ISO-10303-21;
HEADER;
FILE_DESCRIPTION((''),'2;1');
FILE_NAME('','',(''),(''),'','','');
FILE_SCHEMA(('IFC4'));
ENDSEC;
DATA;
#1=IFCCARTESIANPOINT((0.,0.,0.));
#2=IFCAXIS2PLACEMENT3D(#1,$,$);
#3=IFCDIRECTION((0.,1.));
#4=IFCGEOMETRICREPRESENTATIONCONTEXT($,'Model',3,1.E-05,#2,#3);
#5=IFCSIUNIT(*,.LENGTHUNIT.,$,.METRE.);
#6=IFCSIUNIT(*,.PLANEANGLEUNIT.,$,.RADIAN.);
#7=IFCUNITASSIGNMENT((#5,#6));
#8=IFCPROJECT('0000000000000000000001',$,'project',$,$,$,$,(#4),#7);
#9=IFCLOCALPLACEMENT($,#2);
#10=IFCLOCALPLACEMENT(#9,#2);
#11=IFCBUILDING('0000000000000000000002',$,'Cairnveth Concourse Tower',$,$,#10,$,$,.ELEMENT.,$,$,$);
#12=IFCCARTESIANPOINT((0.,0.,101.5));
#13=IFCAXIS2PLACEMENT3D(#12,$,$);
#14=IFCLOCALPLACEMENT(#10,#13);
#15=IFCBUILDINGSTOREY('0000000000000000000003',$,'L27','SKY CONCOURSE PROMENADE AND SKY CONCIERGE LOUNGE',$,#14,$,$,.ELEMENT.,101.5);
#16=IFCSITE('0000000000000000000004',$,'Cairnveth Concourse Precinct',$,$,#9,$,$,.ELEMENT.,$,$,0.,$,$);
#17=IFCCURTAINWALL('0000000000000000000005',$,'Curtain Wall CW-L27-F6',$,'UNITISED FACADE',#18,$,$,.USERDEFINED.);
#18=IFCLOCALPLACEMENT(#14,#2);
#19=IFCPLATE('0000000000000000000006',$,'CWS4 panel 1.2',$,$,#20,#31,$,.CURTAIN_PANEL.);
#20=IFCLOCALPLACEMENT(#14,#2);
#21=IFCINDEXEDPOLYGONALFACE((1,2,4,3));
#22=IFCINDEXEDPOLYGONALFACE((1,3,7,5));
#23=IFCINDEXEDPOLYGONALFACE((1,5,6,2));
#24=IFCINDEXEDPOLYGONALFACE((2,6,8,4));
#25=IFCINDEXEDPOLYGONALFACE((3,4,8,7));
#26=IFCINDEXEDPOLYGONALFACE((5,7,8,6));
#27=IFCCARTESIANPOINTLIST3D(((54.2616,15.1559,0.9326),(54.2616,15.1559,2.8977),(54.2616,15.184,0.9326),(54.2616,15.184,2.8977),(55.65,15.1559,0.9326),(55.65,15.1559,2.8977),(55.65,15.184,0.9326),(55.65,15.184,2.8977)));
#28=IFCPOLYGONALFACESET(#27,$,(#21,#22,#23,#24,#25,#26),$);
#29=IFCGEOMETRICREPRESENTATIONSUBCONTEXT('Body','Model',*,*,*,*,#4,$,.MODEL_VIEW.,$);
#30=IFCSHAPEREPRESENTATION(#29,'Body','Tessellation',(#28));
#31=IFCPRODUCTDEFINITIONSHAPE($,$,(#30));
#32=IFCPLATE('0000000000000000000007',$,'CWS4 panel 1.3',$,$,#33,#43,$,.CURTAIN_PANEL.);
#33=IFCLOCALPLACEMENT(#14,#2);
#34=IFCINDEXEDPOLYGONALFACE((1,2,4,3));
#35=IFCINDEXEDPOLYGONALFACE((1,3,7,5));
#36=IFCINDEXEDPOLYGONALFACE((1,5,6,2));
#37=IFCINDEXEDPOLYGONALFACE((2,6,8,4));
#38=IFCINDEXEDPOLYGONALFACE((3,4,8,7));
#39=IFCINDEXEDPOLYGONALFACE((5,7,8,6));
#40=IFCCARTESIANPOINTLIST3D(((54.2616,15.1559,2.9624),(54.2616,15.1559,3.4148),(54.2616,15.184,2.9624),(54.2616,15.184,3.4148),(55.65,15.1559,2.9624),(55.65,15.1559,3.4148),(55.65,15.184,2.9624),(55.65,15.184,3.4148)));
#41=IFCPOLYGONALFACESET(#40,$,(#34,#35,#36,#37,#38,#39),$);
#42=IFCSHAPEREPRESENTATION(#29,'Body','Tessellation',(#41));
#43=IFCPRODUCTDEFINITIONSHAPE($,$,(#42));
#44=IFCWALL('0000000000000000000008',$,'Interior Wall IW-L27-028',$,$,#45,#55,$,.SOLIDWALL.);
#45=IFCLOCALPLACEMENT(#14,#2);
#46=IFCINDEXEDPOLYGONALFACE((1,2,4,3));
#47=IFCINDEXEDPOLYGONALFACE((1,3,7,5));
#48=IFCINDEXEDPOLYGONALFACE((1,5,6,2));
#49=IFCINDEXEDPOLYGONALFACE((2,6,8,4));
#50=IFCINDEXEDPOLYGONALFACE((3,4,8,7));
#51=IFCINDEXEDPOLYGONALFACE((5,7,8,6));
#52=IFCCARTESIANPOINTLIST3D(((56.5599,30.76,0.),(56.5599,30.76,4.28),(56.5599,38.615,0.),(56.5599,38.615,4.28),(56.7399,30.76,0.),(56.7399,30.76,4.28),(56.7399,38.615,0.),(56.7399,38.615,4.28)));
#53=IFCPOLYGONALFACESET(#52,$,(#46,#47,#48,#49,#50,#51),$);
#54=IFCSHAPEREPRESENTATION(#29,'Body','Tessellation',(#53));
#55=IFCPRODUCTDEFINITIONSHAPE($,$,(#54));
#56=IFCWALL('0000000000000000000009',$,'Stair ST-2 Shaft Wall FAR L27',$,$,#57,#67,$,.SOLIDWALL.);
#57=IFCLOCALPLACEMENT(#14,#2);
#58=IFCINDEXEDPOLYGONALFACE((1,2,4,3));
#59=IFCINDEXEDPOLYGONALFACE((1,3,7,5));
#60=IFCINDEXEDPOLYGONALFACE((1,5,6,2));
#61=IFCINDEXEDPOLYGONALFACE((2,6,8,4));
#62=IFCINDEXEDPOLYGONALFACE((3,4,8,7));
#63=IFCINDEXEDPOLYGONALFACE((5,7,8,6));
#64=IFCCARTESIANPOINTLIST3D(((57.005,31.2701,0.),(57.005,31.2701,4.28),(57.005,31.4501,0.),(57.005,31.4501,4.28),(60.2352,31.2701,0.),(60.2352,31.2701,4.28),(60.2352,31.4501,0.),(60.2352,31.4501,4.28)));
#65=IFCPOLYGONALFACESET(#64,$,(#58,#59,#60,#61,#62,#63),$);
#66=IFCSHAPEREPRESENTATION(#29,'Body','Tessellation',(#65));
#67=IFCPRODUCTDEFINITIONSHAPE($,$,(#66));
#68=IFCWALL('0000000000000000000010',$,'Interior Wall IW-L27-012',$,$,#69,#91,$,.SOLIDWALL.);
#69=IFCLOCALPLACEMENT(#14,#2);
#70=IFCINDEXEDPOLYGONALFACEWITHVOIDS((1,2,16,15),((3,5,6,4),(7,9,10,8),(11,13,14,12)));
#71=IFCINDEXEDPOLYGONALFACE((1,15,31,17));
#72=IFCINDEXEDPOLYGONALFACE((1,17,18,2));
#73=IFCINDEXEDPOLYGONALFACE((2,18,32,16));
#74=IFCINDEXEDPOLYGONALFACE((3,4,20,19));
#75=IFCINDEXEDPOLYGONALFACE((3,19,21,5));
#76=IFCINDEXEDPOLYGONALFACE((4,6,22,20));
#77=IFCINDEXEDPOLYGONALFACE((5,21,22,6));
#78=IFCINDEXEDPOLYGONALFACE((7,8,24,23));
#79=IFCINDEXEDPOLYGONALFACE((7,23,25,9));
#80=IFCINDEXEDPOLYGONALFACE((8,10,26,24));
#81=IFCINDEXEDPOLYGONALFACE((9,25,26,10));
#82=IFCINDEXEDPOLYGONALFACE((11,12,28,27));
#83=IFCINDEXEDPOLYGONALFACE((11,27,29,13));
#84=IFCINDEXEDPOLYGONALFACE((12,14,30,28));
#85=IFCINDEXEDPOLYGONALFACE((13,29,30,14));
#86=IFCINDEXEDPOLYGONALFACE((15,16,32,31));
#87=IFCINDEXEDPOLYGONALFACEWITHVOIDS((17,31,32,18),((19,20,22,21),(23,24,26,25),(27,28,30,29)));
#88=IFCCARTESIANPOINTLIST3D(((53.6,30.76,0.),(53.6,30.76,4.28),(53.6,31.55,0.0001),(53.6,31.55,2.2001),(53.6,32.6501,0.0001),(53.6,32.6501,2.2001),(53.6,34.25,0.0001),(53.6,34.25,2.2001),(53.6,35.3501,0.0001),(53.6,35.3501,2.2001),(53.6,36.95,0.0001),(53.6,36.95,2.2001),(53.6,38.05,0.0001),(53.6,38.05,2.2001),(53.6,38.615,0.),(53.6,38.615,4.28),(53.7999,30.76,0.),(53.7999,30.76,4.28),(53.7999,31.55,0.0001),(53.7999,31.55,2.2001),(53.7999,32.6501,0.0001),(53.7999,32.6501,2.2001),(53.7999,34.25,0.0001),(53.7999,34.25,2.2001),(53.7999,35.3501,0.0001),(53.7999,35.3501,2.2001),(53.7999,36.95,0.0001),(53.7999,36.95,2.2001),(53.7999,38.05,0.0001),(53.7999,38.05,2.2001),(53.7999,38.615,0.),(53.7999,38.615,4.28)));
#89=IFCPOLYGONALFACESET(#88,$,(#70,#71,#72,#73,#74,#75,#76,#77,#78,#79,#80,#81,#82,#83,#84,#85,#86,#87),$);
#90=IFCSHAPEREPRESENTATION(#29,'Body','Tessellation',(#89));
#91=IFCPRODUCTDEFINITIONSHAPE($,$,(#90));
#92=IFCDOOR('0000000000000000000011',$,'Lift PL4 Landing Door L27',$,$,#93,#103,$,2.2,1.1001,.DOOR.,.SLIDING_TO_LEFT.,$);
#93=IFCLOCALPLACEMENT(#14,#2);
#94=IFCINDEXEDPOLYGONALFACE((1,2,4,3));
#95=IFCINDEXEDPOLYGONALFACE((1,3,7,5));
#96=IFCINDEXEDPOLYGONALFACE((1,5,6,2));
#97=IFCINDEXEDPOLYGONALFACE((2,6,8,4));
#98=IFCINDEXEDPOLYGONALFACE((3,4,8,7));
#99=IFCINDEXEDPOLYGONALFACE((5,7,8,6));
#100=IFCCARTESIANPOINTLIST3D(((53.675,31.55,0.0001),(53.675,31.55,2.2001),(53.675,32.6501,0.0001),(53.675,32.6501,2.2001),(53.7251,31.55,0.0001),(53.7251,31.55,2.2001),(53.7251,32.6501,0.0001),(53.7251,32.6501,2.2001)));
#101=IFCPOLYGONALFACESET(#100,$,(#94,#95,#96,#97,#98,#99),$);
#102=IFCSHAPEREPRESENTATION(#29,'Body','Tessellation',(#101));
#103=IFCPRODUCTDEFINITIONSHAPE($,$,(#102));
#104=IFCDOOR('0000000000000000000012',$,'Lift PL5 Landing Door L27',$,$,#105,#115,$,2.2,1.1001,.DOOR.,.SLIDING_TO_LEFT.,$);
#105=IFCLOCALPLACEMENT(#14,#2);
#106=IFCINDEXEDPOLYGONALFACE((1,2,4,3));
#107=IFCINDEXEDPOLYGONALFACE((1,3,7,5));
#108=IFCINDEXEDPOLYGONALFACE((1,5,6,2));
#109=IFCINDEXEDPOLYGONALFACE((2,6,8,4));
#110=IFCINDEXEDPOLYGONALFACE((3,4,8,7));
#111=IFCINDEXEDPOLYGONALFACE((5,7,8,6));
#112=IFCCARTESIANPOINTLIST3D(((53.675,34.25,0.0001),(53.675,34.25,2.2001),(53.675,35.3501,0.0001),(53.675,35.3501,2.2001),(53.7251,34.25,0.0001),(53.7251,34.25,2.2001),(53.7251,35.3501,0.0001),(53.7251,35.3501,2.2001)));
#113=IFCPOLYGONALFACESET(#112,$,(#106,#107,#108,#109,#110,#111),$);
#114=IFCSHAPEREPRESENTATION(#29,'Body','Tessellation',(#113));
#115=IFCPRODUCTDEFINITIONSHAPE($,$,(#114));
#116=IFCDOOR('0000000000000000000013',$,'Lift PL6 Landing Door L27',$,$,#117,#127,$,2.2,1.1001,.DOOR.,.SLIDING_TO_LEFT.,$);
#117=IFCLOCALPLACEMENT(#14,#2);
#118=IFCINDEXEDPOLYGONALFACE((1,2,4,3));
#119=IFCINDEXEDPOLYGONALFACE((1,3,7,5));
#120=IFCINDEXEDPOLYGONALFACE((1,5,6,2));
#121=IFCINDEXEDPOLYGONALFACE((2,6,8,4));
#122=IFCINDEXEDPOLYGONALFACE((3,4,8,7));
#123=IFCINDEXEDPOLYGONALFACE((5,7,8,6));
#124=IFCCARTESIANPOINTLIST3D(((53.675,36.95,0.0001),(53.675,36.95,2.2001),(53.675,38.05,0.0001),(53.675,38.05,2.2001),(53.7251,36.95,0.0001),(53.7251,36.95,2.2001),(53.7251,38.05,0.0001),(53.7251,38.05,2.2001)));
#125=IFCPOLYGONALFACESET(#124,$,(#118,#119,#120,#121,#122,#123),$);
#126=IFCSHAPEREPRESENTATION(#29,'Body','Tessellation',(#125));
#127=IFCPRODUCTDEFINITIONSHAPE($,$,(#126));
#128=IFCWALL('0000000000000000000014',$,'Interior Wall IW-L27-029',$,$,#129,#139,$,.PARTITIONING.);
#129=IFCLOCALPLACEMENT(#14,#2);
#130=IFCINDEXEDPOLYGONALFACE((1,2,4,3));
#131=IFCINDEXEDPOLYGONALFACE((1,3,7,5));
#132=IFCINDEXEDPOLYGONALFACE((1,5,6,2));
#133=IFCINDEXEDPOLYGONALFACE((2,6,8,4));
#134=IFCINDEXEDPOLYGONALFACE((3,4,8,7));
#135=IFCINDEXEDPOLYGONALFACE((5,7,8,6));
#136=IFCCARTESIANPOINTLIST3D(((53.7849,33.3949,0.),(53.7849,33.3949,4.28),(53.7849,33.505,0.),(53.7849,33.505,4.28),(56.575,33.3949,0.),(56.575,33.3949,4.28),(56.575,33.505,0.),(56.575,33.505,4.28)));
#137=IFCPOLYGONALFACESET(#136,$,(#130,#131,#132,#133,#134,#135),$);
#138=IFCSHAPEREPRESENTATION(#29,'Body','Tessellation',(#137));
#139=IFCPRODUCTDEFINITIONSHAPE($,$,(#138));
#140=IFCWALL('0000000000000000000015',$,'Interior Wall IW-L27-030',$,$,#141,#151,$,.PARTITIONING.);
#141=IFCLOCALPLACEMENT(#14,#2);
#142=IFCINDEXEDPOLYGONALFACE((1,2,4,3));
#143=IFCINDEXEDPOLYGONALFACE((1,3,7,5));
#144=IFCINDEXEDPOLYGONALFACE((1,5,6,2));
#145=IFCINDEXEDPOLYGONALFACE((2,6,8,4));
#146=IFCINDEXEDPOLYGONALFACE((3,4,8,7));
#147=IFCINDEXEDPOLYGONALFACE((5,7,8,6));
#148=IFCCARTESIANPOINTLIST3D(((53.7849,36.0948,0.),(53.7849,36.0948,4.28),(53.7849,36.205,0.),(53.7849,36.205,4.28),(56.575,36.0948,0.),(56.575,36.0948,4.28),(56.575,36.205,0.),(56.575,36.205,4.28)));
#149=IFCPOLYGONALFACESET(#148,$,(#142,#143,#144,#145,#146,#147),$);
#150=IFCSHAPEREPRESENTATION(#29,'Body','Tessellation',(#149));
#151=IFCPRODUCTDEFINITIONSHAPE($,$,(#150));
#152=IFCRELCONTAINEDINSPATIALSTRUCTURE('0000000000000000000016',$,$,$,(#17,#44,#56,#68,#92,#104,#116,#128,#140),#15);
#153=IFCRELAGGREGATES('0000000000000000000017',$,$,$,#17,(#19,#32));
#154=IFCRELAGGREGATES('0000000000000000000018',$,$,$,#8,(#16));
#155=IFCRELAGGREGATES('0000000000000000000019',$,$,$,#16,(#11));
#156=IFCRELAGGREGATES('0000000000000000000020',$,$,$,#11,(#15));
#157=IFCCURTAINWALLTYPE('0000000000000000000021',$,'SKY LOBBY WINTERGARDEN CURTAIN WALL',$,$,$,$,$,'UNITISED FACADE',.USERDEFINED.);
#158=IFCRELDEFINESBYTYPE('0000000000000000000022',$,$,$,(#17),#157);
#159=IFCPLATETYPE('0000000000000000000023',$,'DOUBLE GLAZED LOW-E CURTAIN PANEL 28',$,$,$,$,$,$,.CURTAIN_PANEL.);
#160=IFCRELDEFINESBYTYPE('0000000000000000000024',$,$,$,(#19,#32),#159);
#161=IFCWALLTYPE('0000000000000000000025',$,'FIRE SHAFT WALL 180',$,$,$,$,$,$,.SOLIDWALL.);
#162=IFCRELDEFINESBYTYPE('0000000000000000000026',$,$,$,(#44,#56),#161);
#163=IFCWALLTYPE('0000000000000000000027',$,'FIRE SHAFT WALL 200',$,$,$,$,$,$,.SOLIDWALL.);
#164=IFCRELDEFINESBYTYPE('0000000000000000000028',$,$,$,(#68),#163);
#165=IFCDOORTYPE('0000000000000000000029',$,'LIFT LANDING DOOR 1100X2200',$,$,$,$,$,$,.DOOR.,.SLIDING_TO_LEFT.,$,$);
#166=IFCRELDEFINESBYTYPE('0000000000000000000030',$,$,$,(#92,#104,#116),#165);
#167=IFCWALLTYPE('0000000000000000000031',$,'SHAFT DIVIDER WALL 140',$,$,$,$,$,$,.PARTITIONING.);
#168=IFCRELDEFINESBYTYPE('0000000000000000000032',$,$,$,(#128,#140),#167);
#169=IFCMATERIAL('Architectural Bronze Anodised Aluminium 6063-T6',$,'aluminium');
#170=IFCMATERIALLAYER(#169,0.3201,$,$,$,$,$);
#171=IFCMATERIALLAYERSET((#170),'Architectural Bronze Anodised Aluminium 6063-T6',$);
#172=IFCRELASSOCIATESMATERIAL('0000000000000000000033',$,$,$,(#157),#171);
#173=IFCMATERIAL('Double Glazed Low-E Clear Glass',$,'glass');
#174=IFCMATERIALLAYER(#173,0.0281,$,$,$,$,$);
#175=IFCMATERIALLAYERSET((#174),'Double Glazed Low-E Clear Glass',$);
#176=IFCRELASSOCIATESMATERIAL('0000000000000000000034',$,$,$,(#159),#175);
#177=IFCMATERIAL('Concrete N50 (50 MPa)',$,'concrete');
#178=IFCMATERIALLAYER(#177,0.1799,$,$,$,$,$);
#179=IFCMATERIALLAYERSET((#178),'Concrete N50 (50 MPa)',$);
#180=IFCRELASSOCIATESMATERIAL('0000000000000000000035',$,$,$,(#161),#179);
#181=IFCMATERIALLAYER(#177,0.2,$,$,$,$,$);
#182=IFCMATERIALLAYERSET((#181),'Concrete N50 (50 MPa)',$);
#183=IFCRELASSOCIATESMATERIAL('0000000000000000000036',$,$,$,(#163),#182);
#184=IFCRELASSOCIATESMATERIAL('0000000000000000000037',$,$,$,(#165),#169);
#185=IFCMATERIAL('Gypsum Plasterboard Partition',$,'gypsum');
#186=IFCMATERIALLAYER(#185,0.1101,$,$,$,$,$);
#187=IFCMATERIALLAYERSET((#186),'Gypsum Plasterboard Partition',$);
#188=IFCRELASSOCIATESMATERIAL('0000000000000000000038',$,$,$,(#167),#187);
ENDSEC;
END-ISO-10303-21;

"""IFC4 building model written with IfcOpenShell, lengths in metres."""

from ifc_helpers import new_model, si_unit, direction, frame, frame_2d, origin, origin_2d, place, context, subcontext, project, spatial, rectangle, extrude, material, layer, layer_set, type_object, element, fill, aggregate, save


model = new_model("IFC4")

# Units and contexts
model_context = context("Model", 3, precision=1e-05, world=origin(), true_north=direction((0.0, 1.0)))
body_context = subcontext(model_context, "Body", "Model", "MODEL_VIEW")
ifc_project = project(units=[si_unit("LENGTHUNIT", "METRE"), si_unit("PLANEANGLEUNIT", "RADIAN")], contexts=[model_context])

# Site, building, storey
site_placement = place(None, origin())
site = spatial("IfcSite", under=ifc_project, at=site_placement, Name="Cairnveth Concourse Precinct", CompositionType="ELEMENT", RefElevation=0.0)
building_placement = place(site_placement, origin())
building = spatial("IfcBuilding", under=site, at=building_placement, Name="Cairnveth Concourse Tower", CompositionType="ELEMENT")
storey_placement = place(building_placement, frame((0.0, 0.0, 101.5)))
storey = spatial("IfcBuildingStorey", under=building, at=storey_placement, Name="L27", Description="SKY CONCOURSE PROMENADE AND SKY CONCIERGE LOUNGE", CompositionType="ELEMENT", Elevation=101.5)

# Curtain wall
ifc_material_1 = material(Name="Architectural Bronze Anodised Aluminium 6063-T6", Category="aluminium")
ifc_layer_1 = layer(ifc_material_1, 0.3201)
ifc_layer_set_1 = layer_set([ifc_layer_1], Name="Architectural Bronze Anodised Aluminium 6063-T6")
curtain_wall_type = type_object("IfcCurtainWallType", Name="SKY LOBBY WINTERGARDEN CURTAIN WALL", ElementType="UNITISED FACADE", PredefinedType="USERDEFINED", material=ifc_layer_set_1)
curtain_wall_placement = place(storey_placement, origin())
curtain_wall = element("IfcCurtainWall", 1, at=curtain_wall_placement, inside=storey, type_object=curtain_wall_type, Name="Curtain Wall CW-L27-F6", ObjectType="UNITISED FACADE", PredefinedType="USERDEFINED")

# Plates
ifc_material_2 = material(Name="Double Glazed Low-E Clear Glass", Category="glass")
ifc_layer_2 = layer(ifc_material_2, 0.0281)
ifc_layer_set_2 = layer_set([ifc_layer_2], Name="Double Glazed Low-E Clear Glass")
plate_type = type_object("IfcPlateType", Name="DOUBLE GLAZED LOW-E CURTAIN PANEL 28", PredefinedType="CURTAIN_PANEL", material=ifc_layer_set_2)
plate_1_placement = place(storey_placement, frame((54.9558, 15.1699, 0.9326), z_axis=(0.0, 0.0, 1.0), x_axis=(-1.0, 0.0, 0.0)))
plate_1 = element("IfcPlate", 2, at=plate_1_placement, type_object=plate_type, Name="CWS4 panel 1.2", PredefinedType="CURTAIN_PANEL", context=body_context, shape_type="SweptSolid", body=[
    extrude(rectangle(XDim=1.3884, YDim=0.0281, at=origin_2d()), origin(), (0.0, 0.0, 1.0), 1.9651),
])
plate_2_placement = place(storey_placement, frame((54.9558, 15.1699, 2.9624), z_axis=(0.0, 0.0, 1.0), x_axis=(-1.0, 0.0, 0.0)))
plate_2 = element("IfcPlate", 3, at=plate_2_placement, type_object=plate_type, Name="CWS4 panel 1.3", PredefinedType="CURTAIN_PANEL", context=body_context, shape_type="SweptSolid", body=[
    extrude(rectangle(XDim=1.3884, YDim=0.0281, at=origin_2d()), origin(), (0.0, 0.0, 1.0), 0.4524),
])
aggregate(curtain_wall, [plate_1, plate_2])

# Walls
ifc_material_3 = material(Name="Concrete N50 (50 MPa)", Category="concrete")
ifc_layer_3 = layer(ifc_material_3, 0.1799)
ifc_layer_set_3 = layer_set([ifc_layer_3], Name="Concrete N50 (50 MPa)")
wall_type_1 = type_object("IfcWallType", Name="FIRE SHAFT WALL 180", PredefinedType="SOLIDWALL", material=ifc_layer_set_3)
wall_1_placement = place(storey_placement, frame((56.6499, 30.76, 0.0), z_axis=(0.0, 0.0, 1.0), x_axis=(0.0, 1.0, 0.0)))
element("IfcWall", 4, at=wall_1_placement, inside=storey, type_object=wall_type_1, Name="Interior Wall IW-L27-028", PredefinedType="SOLIDWALL", context=body_context, shape_type="SweptSolid", body=[
    extrude(rectangle(XDim=7.855, YDim=0.1799, at=frame_2d((3.9275, 0.0))), origin(), (0.0, 0.0, 1.0), 4.28),
])
wall_2_placement = place(storey_placement, frame((57.0049, 31.3601, 0.0), z_axis=(0.0, 0.0, 1.0), x_axis=(1.0, 0.0, 0.0)))
element("IfcWall", 5, at=wall_2_placement, inside=storey, type_object=wall_type_1, Name="Stair ST-2 Shaft Wall FAR L27", PredefinedType="SOLIDWALL", context=body_context, shape_type="SweptSolid", body=[
    extrude(rectangle(XDim=3.2302, YDim=0.1799, at=frame_2d((1.6152, 0.0))), origin(), (0.0, 0.0, 1.0), 4.28),
])

# Wall, openings, doors
ifc_layer_4 = layer(ifc_material_3, 0.2)
ifc_layer_set_4 = layer_set([ifc_layer_4], Name="Concrete N50 (50 MPa)")
wall_type_2 = type_object("IfcWallType", Name="FIRE SHAFT WALL 200", PredefinedType="SOLIDWALL", material=ifc_layer_set_4)
wall_3_placement = place(storey_placement, frame((53.7, 30.76, 0.0), z_axis=(0.0, 0.0, 1.0), x_axis=(0.0, 1.0, 0.0)))
wall_3 = element("IfcWall", 6, at=wall_3_placement, inside=storey, type_object=wall_type_2, Name="Interior Wall IW-L27-012", PredefinedType="SOLIDWALL", context=body_context, shape_type="SweptSolid", body=[
    extrude(rectangle(XDim=7.855, YDim=0.2, at=frame_2d((3.9275, 0.0))), origin(), (0.0, 0.0, 1.0), 4.28),
])
opening_1_placement = place(wall_3_placement, frame((0.79, 0.0, 0.0)))
opening_1 = element("IfcOpeningElement", 7, at=opening_1_placement, cuts=wall_3, PredefinedType="OPENING", context=body_context, shape_type="SweptSolid", body=[
    extrude(rectangle(XDim=1.1001, YDim=2.2, at=frame_2d((0.55, 1.1001))), frame((0.0, 0.1099, 0.0), z_axis=(0.0, -1.0, 0.0), x_axis=(1.0, 0.0, 0.0)), (0.0, 0.0, 1.0), 0.22),
])
opening_2_placement = place(wall_3_placement, frame((3.49, 0.0, 0.0)))
opening_2 = element("IfcOpeningElement", 8, at=opening_2_placement, cuts=wall_3, PredefinedType="OPENING", context=body_context, shape_type="SweptSolid", body=[
    extrude(rectangle(XDim=1.1001, YDim=2.2, at=frame_2d((0.55, 1.1001))), frame((0.0, 0.1099, 0.0), z_axis=(0.0, -1.0, 0.0), x_axis=(1.0, 0.0, 0.0)), (0.0, 0.0, 1.0), 0.22),
])
opening_3_placement = place(wall_3_placement, frame((6.1899, 0.0, 0.0)))
opening_3 = element("IfcOpeningElement", 9, at=opening_3_placement, cuts=wall_3, PredefinedType="OPENING", context=body_context, shape_type="SweptSolid", body=[
    extrude(rectangle(XDim=1.1001, YDim=2.2, at=frame_2d((0.55, 1.1001))), frame((0.0, 0.1099, 0.0), z_axis=(0.0, -1.0, 0.0), x_axis=(1.0, 0.0, 0.0)), (0.0, 0.0, 1.0), 0.22),
])
door_type = type_object("IfcDoorType", Name="LIFT LANDING DOOR 1100X2200", OperationType="SLIDING_TO_LEFT", PredefinedType="DOOR", material=ifc_material_1)
door_1_placement = place(opening_1_placement, origin())
door_1 = element("IfcDoor", 10, at=door_1_placement, inside=storey, type_object=door_type, Name="Lift PL4 Landing Door L27", OperationType="SLIDING_TO_LEFT", OverallHeight=2.2, OverallWidth=1.1001, PredefinedType="DOOR", context=body_context, shape_type="SweptSolid", body=[
    extrude(rectangle(XDim=1.1001, YDim=2.2, at=frame_2d((0.55, 1.1001))), frame((0.0, 0.0249, 0.0), z_axis=(0.0, -1.0, 0.0), x_axis=(1.0, 0.0, 0.0)), (0.0, 0.0, 1.0), 0.05),
])
fill(opening_1, door_1)
door_2_placement = place(opening_2_placement, origin())
door_2 = element("IfcDoor", 11, at=door_2_placement, inside=storey, type_object=door_type, Name="Lift PL5 Landing Door L27", OperationType="SLIDING_TO_LEFT", OverallHeight=2.2, OverallWidth=1.1001, PredefinedType="DOOR", context=body_context, shape_type="SweptSolid", body=[
    extrude(rectangle(XDim=1.1001, YDim=2.2, at=frame_2d((0.55, 1.1001))), frame((0.0, 0.0249, 0.0), z_axis=(0.0, -1.0, 0.0), x_axis=(1.0, 0.0, 0.0)), (0.0, 0.0, 1.0), 0.05),
])
fill(opening_2, door_2)
door_3_placement = place(opening_3_placement, origin())
door_3 = element("IfcDoor", 12, at=door_3_placement, inside=storey, type_object=door_type, Name="Lift PL6 Landing Door L27", OperationType="SLIDING_TO_LEFT", OverallHeight=2.2, OverallWidth=1.1001, PredefinedType="DOOR", context=body_context, shape_type="SweptSolid", body=[
    extrude(rectangle(XDim=1.1001, YDim=2.2, at=frame_2d((0.55, 1.1001))), frame((0.0, 0.0249, 0.0), z_axis=(0.0, -1.0, 0.0), x_axis=(1.0, 0.0, 0.0)), (0.0, 0.0, 1.0), 0.05),
])
fill(opening_3, door_3)

# Walls
ifc_material_4 = material(Name="Gypsum Plasterboard Partition", Category="gypsum")
ifc_layer_5 = layer(ifc_material_4, 0.1101)
ifc_layer_set_5 = layer_set([ifc_layer_5], Name="Gypsum Plasterboard Partition")
wall_type_3 = type_object("IfcWallType", Name="SHAFT DIVIDER WALL 140", PredefinedType="PARTITIONING", material=ifc_layer_set_5)
for number, where, z_axis, x_axis, name in (
    (13, (53.7849, 33.45, 0.0), (0.0, 0.0, 1.0), (1.0, 0.0, 0.0), "Interior Wall IW-L27-029"),
    (14, (53.7849, 36.1499, 0.0), (0.0, 0.0, 1.0), (1.0, 0.0, 0.0), "Interior Wall IW-L27-030"),
):
    element("IfcWall", number, at=place(storey_placement, frame(where, z_axis=z_axis, x_axis=x_axis)), inside=storey, type_object=wall_type_3, Name=name, PredefinedType="PARTITIONING", context=body_context, shape_type="SweptSolid", body=[
        extrude(rectangle(XDim=2.79, YDim=0.1101, at=frame_2d((1.395, 0.0))), origin(), (0.0, 0.0, 1.0), 4.28),
    ])

save(model, "model.ifc")
